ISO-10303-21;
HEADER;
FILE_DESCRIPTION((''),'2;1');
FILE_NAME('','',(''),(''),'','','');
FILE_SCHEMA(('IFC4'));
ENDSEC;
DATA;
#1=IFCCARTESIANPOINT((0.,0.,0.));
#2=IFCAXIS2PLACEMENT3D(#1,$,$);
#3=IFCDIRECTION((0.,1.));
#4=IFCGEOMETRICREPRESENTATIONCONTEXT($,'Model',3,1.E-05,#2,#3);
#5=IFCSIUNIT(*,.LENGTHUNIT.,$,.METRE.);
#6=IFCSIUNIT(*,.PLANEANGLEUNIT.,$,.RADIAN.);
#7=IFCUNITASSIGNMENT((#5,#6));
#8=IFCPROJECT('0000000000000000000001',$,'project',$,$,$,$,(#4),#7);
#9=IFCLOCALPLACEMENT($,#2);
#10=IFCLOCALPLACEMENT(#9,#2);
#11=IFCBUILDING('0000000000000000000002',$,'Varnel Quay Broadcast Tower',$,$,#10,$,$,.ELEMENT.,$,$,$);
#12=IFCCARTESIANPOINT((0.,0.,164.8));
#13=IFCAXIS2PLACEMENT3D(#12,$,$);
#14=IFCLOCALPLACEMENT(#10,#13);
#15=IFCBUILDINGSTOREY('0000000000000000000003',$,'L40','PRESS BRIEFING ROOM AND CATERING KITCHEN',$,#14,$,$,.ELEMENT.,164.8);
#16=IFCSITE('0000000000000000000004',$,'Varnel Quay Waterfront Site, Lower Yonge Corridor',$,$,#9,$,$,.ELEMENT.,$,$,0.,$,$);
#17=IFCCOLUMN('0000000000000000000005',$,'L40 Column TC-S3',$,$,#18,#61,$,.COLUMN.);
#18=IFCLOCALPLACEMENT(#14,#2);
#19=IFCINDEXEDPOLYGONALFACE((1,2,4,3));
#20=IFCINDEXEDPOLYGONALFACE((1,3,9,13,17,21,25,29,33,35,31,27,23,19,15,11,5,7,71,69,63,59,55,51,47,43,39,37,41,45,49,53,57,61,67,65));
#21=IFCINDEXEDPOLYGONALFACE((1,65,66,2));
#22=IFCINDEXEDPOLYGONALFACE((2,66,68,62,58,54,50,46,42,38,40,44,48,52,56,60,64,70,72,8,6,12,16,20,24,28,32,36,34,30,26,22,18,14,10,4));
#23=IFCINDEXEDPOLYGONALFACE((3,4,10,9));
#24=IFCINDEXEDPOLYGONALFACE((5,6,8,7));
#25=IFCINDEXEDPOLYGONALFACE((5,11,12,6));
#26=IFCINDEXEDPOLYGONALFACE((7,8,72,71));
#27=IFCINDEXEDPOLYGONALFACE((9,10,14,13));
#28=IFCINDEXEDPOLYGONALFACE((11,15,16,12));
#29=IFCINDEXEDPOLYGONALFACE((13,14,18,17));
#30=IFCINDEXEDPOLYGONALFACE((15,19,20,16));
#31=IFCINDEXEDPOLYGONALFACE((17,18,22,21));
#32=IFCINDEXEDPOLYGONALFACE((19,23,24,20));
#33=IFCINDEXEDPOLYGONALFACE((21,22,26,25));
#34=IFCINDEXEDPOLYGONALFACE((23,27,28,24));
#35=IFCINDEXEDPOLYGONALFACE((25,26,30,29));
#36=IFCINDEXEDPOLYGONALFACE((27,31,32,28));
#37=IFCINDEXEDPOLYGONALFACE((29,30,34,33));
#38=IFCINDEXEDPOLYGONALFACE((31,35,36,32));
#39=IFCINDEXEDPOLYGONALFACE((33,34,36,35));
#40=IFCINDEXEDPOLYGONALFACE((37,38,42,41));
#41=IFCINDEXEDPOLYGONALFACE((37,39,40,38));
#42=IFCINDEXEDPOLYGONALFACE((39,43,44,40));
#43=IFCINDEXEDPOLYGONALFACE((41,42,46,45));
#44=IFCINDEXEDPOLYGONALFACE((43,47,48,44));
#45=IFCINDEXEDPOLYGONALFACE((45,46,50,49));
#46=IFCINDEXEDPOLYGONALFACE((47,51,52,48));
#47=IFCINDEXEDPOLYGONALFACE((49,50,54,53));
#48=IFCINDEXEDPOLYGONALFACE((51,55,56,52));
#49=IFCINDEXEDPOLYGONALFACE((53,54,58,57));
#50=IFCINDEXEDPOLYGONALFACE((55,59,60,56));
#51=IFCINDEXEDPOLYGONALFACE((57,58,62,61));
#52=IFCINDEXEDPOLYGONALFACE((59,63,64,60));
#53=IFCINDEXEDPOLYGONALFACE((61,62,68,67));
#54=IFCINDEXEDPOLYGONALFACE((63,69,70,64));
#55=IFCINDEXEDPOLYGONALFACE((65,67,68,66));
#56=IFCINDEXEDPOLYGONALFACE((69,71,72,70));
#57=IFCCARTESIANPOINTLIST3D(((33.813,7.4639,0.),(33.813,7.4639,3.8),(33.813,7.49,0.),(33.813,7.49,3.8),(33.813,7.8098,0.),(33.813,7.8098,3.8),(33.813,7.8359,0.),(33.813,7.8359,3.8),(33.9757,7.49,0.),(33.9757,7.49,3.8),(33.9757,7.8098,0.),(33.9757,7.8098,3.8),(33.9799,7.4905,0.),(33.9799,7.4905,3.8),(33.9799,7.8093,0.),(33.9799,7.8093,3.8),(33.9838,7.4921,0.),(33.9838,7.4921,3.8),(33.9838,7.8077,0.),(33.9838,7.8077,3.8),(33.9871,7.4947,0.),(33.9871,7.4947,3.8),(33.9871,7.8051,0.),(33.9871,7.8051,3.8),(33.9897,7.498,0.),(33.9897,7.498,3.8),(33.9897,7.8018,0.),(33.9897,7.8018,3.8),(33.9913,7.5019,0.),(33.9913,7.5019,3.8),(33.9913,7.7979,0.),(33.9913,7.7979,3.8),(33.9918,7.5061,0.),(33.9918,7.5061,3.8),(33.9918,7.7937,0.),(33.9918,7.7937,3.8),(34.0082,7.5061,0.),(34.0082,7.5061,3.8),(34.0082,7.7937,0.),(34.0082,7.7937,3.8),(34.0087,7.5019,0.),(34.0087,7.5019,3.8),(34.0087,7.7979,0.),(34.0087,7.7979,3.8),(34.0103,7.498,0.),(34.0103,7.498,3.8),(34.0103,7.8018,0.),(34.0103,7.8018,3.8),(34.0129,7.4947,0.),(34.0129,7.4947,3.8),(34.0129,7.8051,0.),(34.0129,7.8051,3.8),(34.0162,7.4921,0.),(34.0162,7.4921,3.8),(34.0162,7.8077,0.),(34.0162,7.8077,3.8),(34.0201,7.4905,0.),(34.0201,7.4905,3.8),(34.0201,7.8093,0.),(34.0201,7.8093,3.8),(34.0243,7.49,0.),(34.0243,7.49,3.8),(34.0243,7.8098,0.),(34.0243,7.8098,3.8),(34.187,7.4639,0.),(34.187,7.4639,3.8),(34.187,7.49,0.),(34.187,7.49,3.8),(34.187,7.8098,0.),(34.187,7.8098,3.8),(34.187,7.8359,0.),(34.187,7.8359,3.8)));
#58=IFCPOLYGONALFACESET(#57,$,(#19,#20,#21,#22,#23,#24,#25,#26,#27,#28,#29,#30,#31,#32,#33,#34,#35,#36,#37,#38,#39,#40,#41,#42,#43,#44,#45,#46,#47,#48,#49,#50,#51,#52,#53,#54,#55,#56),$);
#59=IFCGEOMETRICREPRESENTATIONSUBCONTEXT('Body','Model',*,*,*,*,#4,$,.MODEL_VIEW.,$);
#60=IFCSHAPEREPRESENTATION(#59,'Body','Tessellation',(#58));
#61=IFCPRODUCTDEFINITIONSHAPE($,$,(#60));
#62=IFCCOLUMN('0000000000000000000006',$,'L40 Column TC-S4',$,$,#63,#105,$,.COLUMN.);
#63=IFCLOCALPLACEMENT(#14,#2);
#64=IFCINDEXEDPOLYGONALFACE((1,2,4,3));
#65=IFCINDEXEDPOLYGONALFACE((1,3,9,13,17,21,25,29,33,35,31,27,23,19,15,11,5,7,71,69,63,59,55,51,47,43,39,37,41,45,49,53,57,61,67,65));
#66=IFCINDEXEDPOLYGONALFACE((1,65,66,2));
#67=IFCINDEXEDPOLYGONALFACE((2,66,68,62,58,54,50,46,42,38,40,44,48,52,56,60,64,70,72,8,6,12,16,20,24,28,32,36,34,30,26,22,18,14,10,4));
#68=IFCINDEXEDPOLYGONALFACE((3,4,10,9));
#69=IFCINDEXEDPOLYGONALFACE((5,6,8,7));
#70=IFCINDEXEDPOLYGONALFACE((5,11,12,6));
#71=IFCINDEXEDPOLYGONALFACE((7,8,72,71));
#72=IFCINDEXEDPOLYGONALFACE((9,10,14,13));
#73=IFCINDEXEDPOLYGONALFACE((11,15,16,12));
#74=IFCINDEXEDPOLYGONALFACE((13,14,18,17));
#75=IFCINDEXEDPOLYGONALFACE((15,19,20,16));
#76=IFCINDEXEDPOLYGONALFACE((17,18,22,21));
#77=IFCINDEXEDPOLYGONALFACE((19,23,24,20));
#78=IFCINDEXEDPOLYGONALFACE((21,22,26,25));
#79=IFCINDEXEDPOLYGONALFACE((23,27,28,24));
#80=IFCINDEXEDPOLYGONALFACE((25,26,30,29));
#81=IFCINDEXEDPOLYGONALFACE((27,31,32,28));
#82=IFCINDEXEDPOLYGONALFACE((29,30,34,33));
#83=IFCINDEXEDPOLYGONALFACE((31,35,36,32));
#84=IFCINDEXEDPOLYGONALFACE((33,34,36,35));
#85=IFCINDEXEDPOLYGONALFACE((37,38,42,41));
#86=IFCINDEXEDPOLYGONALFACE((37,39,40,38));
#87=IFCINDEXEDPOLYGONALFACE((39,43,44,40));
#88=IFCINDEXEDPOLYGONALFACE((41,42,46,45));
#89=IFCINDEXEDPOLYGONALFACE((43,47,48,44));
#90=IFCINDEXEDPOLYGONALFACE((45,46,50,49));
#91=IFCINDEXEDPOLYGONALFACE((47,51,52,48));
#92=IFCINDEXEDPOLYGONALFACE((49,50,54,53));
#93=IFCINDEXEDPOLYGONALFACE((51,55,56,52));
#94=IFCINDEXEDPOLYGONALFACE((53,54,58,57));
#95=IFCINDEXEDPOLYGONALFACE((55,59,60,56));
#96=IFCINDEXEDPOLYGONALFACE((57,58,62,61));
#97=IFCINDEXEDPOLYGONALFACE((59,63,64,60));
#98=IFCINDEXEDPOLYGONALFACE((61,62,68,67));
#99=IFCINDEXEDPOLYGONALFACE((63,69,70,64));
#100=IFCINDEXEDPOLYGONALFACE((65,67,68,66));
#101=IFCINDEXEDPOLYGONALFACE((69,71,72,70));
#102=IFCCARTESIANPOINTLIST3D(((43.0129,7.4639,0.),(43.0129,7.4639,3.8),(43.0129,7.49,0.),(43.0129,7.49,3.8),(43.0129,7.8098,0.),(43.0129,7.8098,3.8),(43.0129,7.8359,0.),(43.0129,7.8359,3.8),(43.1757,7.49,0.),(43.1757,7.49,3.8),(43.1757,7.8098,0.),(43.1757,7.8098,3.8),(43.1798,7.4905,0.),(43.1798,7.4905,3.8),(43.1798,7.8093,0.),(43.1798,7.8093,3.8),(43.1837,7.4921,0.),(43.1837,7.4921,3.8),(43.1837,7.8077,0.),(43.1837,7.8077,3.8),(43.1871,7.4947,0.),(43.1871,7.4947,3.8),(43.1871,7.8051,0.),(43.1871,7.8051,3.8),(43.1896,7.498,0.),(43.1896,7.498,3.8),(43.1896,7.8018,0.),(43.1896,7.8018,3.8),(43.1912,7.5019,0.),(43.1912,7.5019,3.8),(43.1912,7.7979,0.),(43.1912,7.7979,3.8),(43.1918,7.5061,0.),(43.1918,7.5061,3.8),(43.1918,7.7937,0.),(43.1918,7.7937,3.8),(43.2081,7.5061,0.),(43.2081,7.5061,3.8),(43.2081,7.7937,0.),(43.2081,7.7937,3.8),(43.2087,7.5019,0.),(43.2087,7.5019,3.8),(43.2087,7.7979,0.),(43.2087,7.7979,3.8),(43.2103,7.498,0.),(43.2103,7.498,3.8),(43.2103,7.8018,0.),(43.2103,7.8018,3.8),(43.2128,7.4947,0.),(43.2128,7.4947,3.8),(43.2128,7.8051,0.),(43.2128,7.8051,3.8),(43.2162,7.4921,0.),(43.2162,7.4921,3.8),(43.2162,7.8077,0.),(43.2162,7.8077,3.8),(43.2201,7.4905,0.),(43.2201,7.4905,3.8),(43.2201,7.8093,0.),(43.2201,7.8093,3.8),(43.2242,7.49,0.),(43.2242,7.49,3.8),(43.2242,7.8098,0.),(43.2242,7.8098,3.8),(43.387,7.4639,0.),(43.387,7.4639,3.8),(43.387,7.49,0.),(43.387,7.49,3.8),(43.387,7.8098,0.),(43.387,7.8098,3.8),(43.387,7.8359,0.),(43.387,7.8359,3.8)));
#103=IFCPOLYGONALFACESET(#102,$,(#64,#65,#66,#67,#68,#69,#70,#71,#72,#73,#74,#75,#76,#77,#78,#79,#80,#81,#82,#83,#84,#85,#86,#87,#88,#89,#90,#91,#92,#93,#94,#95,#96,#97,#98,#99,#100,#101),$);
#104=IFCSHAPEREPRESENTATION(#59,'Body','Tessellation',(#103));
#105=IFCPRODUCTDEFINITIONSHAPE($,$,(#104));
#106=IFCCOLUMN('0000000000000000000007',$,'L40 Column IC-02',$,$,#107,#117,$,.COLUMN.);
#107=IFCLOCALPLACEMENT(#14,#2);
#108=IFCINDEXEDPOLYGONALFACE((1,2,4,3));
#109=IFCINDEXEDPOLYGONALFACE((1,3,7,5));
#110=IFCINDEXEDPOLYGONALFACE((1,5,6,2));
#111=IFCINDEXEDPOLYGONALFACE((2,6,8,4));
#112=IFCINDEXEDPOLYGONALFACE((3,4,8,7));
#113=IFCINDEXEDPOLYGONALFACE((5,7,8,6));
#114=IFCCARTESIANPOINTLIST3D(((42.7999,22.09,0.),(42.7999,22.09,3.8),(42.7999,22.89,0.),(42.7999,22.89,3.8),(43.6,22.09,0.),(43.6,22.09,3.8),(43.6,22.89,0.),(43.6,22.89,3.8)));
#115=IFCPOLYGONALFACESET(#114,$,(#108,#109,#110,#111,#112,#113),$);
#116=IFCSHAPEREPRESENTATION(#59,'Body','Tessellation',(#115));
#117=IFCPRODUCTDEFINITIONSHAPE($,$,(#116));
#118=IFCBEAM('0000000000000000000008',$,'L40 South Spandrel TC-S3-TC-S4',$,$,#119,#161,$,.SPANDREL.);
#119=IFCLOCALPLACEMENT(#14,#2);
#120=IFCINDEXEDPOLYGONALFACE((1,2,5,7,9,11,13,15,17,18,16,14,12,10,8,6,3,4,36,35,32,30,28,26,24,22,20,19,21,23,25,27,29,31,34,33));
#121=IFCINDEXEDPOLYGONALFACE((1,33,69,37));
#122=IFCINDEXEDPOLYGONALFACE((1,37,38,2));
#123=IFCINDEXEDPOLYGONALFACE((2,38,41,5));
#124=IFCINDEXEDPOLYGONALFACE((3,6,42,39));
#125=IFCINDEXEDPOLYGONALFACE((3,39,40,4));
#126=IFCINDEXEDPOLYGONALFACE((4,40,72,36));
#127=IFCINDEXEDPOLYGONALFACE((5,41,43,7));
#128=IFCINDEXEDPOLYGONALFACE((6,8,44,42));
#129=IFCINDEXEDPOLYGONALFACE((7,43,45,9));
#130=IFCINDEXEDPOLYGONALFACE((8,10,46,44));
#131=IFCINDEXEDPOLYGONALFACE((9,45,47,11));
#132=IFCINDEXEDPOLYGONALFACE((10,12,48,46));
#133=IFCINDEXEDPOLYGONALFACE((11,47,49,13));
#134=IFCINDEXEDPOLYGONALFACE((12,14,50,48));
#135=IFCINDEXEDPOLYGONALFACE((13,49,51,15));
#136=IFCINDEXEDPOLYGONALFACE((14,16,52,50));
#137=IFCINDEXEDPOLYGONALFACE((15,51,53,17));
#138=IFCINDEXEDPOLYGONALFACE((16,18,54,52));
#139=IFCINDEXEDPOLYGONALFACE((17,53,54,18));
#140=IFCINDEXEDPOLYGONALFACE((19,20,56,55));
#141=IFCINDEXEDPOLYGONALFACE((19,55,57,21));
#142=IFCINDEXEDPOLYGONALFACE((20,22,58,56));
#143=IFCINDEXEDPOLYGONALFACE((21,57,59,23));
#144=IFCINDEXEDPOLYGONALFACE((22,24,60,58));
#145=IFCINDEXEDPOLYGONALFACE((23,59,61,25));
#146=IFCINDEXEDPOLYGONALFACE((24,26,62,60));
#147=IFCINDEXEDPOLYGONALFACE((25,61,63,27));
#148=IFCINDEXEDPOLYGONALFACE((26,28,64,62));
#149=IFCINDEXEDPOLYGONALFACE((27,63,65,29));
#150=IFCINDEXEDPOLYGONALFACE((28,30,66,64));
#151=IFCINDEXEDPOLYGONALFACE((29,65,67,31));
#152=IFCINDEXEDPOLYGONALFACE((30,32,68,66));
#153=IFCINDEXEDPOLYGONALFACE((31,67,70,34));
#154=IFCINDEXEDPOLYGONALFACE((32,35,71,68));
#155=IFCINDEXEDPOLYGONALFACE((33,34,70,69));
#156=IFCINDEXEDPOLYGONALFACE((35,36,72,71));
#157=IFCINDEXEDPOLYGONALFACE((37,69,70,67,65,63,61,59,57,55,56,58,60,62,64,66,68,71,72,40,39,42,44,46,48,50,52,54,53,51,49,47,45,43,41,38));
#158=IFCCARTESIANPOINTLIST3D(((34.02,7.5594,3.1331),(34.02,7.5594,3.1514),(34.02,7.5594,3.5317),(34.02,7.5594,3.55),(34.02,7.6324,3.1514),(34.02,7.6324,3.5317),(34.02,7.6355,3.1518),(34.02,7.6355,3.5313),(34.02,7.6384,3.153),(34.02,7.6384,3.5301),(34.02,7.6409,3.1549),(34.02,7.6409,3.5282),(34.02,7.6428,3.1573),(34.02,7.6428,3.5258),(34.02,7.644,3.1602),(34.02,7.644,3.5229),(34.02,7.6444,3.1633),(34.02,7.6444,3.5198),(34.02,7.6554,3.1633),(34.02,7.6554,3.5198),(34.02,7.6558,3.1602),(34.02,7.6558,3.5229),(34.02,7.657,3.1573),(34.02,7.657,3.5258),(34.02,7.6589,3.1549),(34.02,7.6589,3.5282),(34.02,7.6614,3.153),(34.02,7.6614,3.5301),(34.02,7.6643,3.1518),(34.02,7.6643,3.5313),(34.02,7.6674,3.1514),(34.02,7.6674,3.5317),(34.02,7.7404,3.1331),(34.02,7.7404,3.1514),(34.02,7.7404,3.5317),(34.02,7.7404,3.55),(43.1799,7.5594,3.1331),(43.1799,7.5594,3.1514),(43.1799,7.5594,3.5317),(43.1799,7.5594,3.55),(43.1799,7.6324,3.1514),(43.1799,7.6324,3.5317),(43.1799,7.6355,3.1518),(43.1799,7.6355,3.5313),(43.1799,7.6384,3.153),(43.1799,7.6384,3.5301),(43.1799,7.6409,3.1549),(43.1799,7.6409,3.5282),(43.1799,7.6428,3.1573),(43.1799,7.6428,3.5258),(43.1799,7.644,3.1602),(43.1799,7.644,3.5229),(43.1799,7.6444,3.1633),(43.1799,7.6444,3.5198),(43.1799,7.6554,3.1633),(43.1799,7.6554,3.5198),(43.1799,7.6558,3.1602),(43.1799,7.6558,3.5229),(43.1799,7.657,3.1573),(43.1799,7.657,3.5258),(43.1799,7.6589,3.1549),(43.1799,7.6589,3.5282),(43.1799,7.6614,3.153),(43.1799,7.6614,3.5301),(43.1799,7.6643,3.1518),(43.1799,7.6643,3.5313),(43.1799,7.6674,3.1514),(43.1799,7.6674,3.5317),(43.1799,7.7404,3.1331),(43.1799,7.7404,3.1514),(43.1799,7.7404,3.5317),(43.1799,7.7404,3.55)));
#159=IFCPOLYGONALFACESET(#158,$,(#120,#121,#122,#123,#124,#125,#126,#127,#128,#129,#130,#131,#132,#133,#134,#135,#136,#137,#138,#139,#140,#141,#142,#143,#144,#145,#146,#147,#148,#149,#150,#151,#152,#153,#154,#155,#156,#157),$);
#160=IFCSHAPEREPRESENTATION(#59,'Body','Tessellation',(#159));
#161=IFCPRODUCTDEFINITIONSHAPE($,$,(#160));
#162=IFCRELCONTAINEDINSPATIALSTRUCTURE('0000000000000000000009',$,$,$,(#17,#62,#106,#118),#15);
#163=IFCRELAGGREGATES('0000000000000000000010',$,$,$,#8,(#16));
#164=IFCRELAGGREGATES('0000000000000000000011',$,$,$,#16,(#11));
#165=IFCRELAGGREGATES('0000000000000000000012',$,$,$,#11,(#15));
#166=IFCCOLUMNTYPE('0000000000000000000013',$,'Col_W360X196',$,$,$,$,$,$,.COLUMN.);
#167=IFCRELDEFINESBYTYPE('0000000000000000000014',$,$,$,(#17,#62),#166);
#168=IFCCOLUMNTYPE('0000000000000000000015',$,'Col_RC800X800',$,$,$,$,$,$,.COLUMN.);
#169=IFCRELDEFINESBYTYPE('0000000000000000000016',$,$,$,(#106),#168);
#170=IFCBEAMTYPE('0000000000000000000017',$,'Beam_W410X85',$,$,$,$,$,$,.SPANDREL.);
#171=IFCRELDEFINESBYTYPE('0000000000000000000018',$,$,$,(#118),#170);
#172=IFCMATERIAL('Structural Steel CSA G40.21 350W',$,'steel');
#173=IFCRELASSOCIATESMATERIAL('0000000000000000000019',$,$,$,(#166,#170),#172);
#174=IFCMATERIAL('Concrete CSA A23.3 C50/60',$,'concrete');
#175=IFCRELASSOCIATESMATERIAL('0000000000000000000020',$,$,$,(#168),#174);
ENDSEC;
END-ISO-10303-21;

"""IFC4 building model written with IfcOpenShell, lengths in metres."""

from ifc_helpers import new_model, si_unit, direction, frame, origin, origin_2d, place, context, subcontext, project, spatial, rectangle, i_section, extrude, source, transform, mapped, material, material_profile, profile_set, type_object, type_shapes, element, save


model = new_model("IFC4")

# Units and contexts
model_context = context("Model", 3, precision=1e-05, world=origin(), true_north=direction((0.0, 1.0)))
body_context = subcontext(model_context, "Body", "Model", "MODEL_VIEW")
ifc_project = project(units=[si_unit("LENGTHUNIT", "METRE"), si_unit("PLANEANGLEUNIT", "RADIAN")], contexts=[model_context])

# Site, building, storey
site_placement = place(None, origin())
site = spatial("IfcSite", under=ifc_project, at=site_placement, Name="Varnel Quay Waterfront Site, Lower Yonge Corridor", CompositionType="ELEMENT", RefElevation=0.0)
building_placement = place(site_placement, origin())
building = spatial("IfcBuilding", under=site, at=building_placement, Name="Varnel Quay Broadcast Tower", CompositionType="ELEMENT")
storey_placement = place(building_placement, frame((0.0, 0.0, 164.8)))
storey = spatial("IfcBuildingStorey", under=building, at=storey_placement, Name="L40", Description="PRESS BRIEFING ROOM AND CATERING KITCHEN", CompositionType="ELEMENT", Elevation=164.8)

# Columns
ifc_material_1 = material(Name="Structural Steel CSA G40.21 350W", Category="steel")
ifc_material_profile_1 = material_profile(ifc_material_1, i_section(OverallWidth=0.374, OverallDepth=0.3721, WebThickness=0.0164, FlangeThickness=0.0261, FilletRadius=0.0161, at=origin_2d()), Name="W360X196")
ifc_profile_set_1 = profile_set([ifc_material_profile_1], Name="Structural Steel CSA G40.21 350W")
column_type_1 = type_object("IfcColumnType", Name="Col_W360X196", PredefinedType="COLUMN", material=ifc_profile_set_1)
shared_shape_1 = source(origin(), body_context, "Body", "SweptSolid", [
    extrude(i_section(OverallWidth=0.374, OverallDepth=0.3721, WebThickness=0.0164, FlangeThickness=0.0261, FilletRadius=0.0161, at=origin_2d()), origin(), (0.0, 0.0, 1.0), 3.8),
])
type_shapes(column_type_1, [shared_shape_1])
for number, where, z_axis, x_axis, name in (
    (1, (34.0, 7.6499, 0.0), (0.0, 0.0, 1.0), (1.0, 0.0, 0.0), "L40 Column TC-S3"),
    (2, (43.2, 7.6499, 0.0), (0.0, 0.0, 1.0), (1.0, 0.0, 0.0), "L40 Column TC-S4"),
):
    element("IfcColumn", number, at=place(storey_placement, frame(where, z_axis=z_axis, x_axis=x_axis)), inside=storey, type_object=column_type_1, Name=name, PredefinedType="COLUMN", context=body_context, shape_type="MappedRepresentation", body=[
        mapped(shared_shape_1, transform((0.0, 0.0, 0.0), x_axis=(1.0, 0.0, 0.0), y_axis=(0.0, 1.0, 0.0), z_axis=(0.0, 0.0, 1.0), scale=1.0)),
    ])
ifc_material_2 = material(Name="Concrete CSA A23.3 C50/60", Category="concrete")
ifc_material_profile_2 = material_profile(ifc_material_2, rectangle(XDim=0.8, YDim=0.8, at=origin_2d()), Name="RC800X800")
ifc_profile_set_2 = profile_set([ifc_material_profile_2], Name="Concrete CSA A23.3 C50/60")
column_type_2 = type_object("IfcColumnType", Name="Col_RC800X800", PredefinedType="COLUMN", material=ifc_profile_set_2)
shared_shape_2 = source(origin(), body_context, "Body", "SweptSolid", [
    extrude(rectangle(XDim=0.8, YDim=0.8, at=origin_2d()), origin(), (0.0, 0.0, 1.0), 3.8),
])
type_shapes(column_type_2, [shared_shape_2])
column_placement = place(storey_placement, frame((43.2, 22.49, 0.0), z_axis=(0.0, 0.0, 1.0), x_axis=(1.0, 0.0, 0.0)))
element("IfcColumn", 3, at=column_placement, inside=storey, type_object=column_type_2, Name="L40 Column IC-02", PredefinedType="COLUMN", context=body_context, shape_type="MappedRepresentation", body=[
    mapped(shared_shape_2, transform((0.0, 0.0, 0.0), x_axis=(1.0, 0.0, 0.0), y_axis=(0.0, 1.0, 0.0), z_axis=(0.0, 0.0, 1.0), scale=1.0)),
])

# Beam
ifc_material_profile_3 = material_profile(ifc_material_1, i_section(OverallWidth=0.1809, OverallDepth=0.417, WebThickness=0.011, FlangeThickness=0.0183, FilletRadius=0.012, at=origin_2d()), Name="W410X85")
ifc_profile_set_3 = profile_set([ifc_material_profile_3], Name="Structural Steel CSA G40.21 350W")
beam_type_1 = type_object("IfcBeamType", Name="Beam_W410X85", PredefinedType="SPANDREL", material=ifc_profile_set_3)
shared_shape_3 = source(origin(), body_context, "Body", "SweptSolid", [
    extrude(i_section(OverallWidth=0.1809, OverallDepth=0.417, WebThickness=0.011, FlangeThickness=0.0183, FilletRadius=0.012, at=origin_2d()), origin(), (0.0, 0.0, 1.0), 9.1599),
])
type_shapes(beam_type_1, [shared_shape_3])
for number, where, z_axis, x_axis, name in (
    (4, (34.02, 7.6499, 3.3416), (1.0, 0.0, 0.0), (0.0, 1.0, 0.0), "L40 South Spandrel TC-S3-TC-S4"),
):
    element("IfcBeam", number, at=place(storey_placement, frame(where, z_axis=z_axis, x_axis=x_axis)), inside=storey, type_object=beam_type_1, Name=name, PredefinedType="SPANDREL", context=body_context, shape_type="MappedRepresentation", body=[
        mapped(shared_shape_3, transform((0.0, 0.0, 0.0), x_axis=(1.0, 0.0, 0.0), y_axis=(0.0, 1.0, 0.0), z_axis=(0.0, 0.0, 1.0), scale=1.0)),
    ])

save(model, "model.ifc")
